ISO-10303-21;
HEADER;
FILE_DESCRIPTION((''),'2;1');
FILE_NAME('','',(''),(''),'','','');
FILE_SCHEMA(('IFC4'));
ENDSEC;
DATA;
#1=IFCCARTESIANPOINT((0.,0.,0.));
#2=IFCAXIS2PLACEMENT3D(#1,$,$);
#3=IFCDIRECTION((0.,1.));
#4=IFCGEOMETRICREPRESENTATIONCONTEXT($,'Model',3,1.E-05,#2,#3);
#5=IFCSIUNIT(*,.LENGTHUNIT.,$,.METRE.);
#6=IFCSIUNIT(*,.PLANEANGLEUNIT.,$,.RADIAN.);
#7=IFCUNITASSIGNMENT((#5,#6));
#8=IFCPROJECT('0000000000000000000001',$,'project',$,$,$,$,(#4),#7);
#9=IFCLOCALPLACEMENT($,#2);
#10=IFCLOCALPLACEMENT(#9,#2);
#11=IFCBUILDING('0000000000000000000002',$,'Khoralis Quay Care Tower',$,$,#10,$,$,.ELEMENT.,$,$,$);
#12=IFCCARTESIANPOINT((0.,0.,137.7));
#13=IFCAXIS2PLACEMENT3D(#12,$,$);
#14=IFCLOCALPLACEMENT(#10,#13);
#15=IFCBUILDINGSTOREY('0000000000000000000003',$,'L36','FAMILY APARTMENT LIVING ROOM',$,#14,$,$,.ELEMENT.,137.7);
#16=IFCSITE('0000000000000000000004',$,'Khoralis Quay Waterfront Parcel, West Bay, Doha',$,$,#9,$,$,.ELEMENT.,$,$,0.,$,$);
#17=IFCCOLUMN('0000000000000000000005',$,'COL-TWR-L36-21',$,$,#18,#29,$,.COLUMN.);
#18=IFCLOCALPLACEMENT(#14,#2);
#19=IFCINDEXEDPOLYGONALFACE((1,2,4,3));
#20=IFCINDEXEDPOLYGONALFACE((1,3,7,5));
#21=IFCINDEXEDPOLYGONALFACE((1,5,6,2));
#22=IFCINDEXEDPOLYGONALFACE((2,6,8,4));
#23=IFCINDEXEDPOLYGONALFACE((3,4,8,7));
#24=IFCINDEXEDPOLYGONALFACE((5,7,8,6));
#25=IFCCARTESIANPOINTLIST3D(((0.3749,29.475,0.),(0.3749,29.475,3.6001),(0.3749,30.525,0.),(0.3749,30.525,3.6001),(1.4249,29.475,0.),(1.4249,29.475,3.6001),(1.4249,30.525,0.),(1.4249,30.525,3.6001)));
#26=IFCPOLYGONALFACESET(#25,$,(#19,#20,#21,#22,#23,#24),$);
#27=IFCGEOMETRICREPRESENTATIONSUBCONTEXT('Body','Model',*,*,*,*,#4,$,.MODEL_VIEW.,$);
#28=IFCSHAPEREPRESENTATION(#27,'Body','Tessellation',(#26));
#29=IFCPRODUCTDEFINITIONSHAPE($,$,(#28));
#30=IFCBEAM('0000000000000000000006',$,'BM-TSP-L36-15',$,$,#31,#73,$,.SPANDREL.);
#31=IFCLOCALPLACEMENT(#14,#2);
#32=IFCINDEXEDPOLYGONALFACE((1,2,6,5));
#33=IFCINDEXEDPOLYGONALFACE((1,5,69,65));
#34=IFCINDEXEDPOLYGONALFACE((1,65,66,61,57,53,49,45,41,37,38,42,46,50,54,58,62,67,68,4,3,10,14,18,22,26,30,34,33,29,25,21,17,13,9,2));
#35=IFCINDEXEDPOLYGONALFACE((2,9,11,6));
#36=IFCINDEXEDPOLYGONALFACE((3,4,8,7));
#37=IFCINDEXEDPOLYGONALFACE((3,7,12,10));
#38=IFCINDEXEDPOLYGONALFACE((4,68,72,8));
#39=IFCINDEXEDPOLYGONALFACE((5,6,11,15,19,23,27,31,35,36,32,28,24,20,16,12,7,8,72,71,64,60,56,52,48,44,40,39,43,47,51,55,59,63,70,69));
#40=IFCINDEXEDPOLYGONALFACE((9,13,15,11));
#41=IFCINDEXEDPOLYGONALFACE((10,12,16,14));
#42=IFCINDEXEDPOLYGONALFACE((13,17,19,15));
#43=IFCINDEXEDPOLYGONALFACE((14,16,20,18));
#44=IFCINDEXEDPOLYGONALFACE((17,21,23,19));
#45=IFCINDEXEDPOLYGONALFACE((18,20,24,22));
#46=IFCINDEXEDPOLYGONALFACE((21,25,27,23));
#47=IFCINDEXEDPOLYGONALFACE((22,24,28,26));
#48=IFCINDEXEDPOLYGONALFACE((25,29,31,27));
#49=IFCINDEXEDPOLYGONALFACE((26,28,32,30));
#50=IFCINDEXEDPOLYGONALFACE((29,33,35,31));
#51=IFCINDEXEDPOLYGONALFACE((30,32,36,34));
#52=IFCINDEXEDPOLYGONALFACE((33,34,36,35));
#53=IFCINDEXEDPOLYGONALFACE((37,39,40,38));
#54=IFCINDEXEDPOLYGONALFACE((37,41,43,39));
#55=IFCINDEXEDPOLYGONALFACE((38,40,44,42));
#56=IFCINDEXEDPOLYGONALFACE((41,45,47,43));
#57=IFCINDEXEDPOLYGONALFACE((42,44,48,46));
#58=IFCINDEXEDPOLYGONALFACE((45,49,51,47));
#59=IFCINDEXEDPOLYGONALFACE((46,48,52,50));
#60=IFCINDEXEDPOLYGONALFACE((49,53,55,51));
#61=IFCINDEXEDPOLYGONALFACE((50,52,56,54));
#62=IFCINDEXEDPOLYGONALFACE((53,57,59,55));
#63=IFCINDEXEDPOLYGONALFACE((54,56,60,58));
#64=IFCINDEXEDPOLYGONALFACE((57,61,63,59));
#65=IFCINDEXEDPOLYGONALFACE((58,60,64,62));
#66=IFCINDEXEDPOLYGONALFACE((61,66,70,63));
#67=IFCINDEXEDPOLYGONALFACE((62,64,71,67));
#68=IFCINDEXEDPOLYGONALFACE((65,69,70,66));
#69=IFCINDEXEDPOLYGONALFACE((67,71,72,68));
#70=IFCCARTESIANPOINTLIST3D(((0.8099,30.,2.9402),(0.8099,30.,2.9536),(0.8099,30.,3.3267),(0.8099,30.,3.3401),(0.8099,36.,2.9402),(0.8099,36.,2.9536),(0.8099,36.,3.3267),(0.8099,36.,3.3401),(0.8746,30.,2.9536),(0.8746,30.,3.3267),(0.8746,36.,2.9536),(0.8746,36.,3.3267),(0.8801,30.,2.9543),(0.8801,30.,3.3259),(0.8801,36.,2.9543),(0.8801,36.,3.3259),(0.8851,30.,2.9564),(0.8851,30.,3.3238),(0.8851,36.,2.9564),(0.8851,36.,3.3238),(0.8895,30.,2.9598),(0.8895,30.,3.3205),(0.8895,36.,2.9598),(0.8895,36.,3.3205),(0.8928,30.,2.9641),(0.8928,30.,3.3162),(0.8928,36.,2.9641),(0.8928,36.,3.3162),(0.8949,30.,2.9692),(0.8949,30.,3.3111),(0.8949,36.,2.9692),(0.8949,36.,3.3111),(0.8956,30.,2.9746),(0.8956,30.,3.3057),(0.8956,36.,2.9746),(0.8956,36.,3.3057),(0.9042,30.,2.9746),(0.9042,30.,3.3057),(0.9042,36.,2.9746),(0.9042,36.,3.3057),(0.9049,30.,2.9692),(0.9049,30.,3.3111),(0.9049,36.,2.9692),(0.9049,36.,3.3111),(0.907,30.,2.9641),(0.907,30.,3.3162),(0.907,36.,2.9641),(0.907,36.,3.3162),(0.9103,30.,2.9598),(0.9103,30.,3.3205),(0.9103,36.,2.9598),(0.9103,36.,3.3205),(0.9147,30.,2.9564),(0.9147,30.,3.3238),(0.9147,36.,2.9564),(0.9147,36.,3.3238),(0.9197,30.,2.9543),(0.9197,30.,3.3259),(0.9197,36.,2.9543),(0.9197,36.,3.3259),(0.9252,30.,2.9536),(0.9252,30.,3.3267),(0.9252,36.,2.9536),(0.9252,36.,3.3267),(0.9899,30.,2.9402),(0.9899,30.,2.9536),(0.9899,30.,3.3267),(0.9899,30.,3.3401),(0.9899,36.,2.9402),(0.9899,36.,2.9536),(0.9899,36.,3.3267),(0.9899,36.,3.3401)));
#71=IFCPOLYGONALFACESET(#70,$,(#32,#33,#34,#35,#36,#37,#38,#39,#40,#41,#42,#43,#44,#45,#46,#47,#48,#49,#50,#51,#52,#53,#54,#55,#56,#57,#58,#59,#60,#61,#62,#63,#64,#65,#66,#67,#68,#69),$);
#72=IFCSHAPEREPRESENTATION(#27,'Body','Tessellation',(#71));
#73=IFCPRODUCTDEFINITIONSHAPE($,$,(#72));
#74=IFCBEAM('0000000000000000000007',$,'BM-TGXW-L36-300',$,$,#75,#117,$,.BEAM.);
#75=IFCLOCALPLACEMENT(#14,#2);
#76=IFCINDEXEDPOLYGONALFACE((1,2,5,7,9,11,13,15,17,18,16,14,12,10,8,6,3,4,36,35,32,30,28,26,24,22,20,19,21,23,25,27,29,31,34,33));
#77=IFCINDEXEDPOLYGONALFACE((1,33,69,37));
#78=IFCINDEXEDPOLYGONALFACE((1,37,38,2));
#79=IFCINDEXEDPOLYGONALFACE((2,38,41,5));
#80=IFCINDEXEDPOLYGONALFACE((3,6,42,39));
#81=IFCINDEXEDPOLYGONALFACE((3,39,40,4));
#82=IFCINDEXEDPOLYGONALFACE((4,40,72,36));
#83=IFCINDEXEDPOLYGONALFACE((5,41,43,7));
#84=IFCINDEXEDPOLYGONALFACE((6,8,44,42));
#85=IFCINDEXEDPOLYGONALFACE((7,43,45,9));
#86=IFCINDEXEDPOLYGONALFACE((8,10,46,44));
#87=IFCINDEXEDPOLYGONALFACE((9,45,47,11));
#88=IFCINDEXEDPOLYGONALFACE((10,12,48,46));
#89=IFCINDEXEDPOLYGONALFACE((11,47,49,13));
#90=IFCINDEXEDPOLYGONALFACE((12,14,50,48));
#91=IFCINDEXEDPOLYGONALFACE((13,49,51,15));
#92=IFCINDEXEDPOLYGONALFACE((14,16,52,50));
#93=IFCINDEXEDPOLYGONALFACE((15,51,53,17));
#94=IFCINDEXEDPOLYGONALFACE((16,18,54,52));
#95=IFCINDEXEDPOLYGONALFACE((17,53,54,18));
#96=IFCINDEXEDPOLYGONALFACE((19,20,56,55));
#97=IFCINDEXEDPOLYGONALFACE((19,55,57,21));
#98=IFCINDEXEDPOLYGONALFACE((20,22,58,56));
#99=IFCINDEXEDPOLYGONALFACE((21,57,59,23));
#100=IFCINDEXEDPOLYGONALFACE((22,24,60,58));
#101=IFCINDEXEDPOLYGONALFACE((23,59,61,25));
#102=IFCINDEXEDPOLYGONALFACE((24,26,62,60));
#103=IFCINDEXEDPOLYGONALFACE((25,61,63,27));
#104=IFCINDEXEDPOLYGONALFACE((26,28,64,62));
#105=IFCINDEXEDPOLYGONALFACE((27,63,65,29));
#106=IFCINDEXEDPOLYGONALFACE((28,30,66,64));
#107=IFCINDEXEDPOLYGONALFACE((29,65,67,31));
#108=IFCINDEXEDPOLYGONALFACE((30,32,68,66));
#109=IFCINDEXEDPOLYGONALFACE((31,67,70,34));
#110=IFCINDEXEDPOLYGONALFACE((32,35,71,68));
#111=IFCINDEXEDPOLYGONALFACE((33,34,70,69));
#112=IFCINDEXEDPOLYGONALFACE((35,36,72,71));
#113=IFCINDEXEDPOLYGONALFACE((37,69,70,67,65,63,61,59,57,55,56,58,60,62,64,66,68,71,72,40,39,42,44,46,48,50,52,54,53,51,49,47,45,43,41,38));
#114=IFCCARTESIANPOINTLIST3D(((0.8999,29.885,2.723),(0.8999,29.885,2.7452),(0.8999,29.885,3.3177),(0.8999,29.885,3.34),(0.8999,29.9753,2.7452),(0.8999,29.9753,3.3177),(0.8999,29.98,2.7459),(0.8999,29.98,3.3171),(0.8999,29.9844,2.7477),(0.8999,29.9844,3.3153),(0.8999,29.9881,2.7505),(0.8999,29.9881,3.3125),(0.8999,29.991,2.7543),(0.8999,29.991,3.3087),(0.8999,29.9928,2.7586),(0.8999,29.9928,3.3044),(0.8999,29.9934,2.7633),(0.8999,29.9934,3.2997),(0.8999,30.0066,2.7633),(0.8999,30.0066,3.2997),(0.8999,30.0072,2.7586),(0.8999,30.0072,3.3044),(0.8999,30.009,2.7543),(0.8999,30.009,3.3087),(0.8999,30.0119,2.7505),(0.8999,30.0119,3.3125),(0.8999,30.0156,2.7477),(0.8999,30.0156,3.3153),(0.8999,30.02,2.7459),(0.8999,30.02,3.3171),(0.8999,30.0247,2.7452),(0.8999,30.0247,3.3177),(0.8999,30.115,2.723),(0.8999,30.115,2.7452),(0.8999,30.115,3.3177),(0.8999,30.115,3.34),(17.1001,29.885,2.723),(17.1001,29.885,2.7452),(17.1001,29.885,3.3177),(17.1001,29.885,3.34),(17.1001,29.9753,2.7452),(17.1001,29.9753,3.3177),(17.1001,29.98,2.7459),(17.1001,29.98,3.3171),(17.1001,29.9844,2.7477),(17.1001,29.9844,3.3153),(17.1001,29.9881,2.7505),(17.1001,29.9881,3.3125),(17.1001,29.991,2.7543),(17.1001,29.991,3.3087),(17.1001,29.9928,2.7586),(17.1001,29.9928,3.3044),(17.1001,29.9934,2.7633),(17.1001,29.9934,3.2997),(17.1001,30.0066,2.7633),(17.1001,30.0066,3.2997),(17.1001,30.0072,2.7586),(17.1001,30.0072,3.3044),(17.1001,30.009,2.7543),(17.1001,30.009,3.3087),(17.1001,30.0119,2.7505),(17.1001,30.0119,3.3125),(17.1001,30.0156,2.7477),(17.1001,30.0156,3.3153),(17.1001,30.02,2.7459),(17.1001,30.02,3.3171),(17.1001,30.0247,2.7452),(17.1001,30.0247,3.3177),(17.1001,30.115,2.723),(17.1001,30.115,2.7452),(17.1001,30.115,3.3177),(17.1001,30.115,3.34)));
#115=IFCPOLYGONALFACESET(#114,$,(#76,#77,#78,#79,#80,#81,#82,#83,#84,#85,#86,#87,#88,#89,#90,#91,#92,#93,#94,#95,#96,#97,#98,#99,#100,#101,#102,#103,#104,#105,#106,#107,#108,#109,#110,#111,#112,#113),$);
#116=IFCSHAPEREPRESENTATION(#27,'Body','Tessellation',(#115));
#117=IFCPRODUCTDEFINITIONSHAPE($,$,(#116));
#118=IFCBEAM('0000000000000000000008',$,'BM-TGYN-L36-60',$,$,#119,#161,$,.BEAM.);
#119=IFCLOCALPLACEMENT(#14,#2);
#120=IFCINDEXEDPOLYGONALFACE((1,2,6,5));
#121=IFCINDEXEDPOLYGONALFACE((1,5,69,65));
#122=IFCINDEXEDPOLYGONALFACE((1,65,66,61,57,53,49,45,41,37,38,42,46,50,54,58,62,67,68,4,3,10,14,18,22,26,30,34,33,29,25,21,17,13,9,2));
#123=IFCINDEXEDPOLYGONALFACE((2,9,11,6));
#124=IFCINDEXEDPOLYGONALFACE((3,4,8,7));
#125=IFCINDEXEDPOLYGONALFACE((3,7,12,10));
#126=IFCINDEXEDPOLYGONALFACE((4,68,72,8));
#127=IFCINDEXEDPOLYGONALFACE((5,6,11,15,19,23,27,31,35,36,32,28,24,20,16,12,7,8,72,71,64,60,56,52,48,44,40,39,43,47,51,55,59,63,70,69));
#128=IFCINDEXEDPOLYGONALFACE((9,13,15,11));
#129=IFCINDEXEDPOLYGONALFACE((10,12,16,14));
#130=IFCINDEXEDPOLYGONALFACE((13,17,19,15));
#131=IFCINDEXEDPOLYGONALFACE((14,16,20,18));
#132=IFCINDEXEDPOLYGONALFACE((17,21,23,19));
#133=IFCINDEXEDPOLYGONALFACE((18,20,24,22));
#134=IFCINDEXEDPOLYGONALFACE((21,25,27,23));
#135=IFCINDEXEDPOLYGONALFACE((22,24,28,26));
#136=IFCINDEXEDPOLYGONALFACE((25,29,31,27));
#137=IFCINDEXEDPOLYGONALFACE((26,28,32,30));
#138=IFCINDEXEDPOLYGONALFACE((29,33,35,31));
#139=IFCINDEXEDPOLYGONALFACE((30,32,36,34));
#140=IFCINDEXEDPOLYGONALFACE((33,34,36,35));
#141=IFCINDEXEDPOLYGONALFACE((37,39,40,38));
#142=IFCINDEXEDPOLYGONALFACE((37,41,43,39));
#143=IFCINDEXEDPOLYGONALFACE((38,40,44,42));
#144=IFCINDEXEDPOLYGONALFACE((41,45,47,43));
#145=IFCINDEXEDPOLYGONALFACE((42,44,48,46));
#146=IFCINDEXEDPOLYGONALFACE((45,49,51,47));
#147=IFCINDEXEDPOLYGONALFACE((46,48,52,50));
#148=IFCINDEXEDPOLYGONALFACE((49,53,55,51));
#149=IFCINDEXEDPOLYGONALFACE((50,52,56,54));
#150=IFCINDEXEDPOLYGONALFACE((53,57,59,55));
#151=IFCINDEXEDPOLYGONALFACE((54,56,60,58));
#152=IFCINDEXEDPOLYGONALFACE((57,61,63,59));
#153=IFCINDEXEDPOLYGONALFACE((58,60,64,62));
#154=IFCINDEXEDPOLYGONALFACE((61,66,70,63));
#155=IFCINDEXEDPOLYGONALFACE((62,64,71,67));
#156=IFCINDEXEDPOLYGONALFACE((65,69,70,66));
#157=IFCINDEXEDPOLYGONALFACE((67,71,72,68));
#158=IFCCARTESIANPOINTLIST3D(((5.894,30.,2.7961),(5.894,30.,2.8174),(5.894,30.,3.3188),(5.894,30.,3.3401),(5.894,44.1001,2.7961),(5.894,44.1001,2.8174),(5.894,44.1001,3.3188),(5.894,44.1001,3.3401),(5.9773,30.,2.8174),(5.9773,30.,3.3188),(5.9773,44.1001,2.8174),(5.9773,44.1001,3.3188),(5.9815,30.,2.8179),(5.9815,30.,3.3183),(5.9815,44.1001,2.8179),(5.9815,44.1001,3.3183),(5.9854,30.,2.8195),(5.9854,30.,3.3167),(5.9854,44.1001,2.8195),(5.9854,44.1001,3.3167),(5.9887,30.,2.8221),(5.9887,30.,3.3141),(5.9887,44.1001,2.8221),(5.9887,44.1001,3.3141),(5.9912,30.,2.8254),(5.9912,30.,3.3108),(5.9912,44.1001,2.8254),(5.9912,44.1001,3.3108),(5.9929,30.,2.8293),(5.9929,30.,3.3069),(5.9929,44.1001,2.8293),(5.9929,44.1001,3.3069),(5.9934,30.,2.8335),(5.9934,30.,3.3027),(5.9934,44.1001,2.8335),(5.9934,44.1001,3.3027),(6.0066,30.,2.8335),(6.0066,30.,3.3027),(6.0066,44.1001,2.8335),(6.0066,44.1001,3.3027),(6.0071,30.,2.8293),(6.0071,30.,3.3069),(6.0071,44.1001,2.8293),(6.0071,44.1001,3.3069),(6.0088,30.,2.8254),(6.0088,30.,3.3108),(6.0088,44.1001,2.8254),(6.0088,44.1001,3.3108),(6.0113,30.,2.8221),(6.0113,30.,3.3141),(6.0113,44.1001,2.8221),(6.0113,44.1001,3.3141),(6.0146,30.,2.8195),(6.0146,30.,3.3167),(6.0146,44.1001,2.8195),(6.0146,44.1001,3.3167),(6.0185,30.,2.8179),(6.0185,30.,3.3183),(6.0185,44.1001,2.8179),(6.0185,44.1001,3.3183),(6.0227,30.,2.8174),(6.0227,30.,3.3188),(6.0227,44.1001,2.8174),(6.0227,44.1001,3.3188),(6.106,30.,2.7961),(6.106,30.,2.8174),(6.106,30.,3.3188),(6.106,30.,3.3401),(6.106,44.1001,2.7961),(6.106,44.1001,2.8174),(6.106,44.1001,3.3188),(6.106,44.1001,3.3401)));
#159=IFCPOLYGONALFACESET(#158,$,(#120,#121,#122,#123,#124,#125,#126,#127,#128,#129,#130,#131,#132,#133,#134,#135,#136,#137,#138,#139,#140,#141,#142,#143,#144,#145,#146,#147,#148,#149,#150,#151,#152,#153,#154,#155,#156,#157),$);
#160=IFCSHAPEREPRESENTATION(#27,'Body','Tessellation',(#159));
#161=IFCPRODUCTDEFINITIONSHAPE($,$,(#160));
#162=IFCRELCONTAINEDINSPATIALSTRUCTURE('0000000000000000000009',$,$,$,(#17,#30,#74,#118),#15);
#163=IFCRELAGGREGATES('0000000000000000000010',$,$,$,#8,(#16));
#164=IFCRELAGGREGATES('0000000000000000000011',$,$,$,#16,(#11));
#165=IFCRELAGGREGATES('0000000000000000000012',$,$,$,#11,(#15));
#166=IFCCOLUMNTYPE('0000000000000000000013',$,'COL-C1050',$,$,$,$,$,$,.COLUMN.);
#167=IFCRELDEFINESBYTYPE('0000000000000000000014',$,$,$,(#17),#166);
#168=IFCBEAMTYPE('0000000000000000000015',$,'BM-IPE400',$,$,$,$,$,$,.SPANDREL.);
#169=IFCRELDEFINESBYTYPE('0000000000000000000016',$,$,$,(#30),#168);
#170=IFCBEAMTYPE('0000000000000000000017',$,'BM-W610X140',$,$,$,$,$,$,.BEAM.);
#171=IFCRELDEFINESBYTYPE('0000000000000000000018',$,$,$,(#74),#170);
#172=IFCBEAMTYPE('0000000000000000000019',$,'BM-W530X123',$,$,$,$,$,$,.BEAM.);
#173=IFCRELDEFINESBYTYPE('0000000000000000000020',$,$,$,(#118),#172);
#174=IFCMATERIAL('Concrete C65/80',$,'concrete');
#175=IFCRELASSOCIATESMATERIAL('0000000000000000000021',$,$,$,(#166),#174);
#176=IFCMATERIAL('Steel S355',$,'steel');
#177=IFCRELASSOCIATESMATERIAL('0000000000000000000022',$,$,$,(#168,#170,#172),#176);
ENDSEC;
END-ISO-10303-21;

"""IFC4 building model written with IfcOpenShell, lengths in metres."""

from ifc_helpers import new_model, si_unit, direction, frame, origin, origin_2d, place, context, subcontext, project, spatial, rectangle, i_section, extrude, source, transform, mapped, material, material_profile, profile_set, type_object, element, save


model = new_model("IFC4")

# Units and contexts
model_context = context("Model", 3, precision=1e-05, world=origin(), true_north=direction((0.0, 1.0)))
body_context = subcontext(model_context, "Body", "Model", "MODEL_VIEW")
ifc_project = project(units=[si_unit("LENGTHUNIT", "METRE"), si_unit("PLANEANGLEUNIT", "RADIAN")], contexts=[model_context])

# Site, building, storey
site_placement = place(None, origin())
site = spatial("IfcSite", under=ifc_project, at=site_placement, Name="Khoralis Quay Waterfront Parcel, West Bay, Doha", CompositionType="ELEMENT", RefElevation=0.0)
building_placement = place(site_placement, origin())
building = spatial("IfcBuilding", under=site, at=building_placement, Name="Khoralis Quay Care Tower", CompositionType="ELEMENT")
storey_placement = place(building_placement, frame((0.0, 0.0, 137.7)))
storey = spatial("IfcBuildingStorey", under=building, at=storey_placement, Name="L36", Description="FAMILY APARTMENT LIVING ROOM", CompositionType="ELEMENT", Elevation=137.7)

# Column
ifc_material_1 = material(Name="Concrete C65/80", Category="concrete")
ifc_material_profile_1 = material_profile(ifc_material_1, rectangle(XDim=1.05, YDim=1.05, at=origin_2d()), Name="Concrete C65/80")
ifc_profile_set_1 = profile_set([ifc_material_profile_1], Name="Concrete C65/80")
column_type = type_object("IfcColumnType", Name="COL-C1050", PredefinedType="COLUMN", material=ifc_profile_set_1)
shared_shape_1 = source(origin(), body_context, "Body", "SweptSolid", [
    extrude(rectangle(XDim=1.05, YDim=1.05, at=origin_2d()), origin(), (0.0, 0.0, 1.0), 3.6001),
])
column_placement = place(storey_placement, frame((0.8999, 30.0, 0.0), z_axis=(0.0, 0.0, 1.0), x_axis=(1.0, 0.0, 0.0)))
element("IfcColumn", 1, at=column_placement, inside=storey, type_object=column_type, Name="COL-TWR-L36-21", PredefinedType="COLUMN", context=body_context, shape_type="MappedRepresentation", body=[
    mapped(shared_shape_1, transform((0.0, 0.0, 0.0), scale=1.0)),
])

# Beams
ifc_material_2 = material(Name="Steel S355", Category="steel")
ifc_material_profile_2 = material_profile(ifc_material_2, i_section(OverallWidth=0.1799, OverallDepth=0.3999, WebThickness=0.0085, FlangeThickness=0.0134, FilletRadius=0.021, at=origin_2d()), Name="Steel S355")
ifc_profile_set_2 = profile_set([ifc_material_profile_2], Name="Steel S355")
beam_type_1 = type_object("IfcBeamType", Name="BM-IPE400", PredefinedType="SPANDREL", material=ifc_profile_set_2)
shared_shape_2 = source(origin(), body_context, "Body", "SweptSolid", [
    extrude(i_section(OverallWidth=0.1799, OverallDepth=0.3999, WebThickness=0.0085, FlangeThickness=0.0134, FilletRadius=0.021, at=origin_2d()), origin(), (0.0, 0.0, 1.0), 6.0),
])
beam_1_placement = place(storey_placement, frame((0.8999, 30.0, 3.1401), z_axis=(0.0, 1.0, 0.0), x_axis=(-1.0, 0.0, 0.0)))
element("IfcBeam", 2, at=beam_1_placement, inside=storey, type_object=beam_type_1, Name="BM-TSP-L36-15", PredefinedType="SPANDREL", context=body_context, shape_type="MappedRepresentation", body=[
    mapped(shared_shape_2, transform((0.0, 0.0, 0.0), scale=1.0)),
])
ifc_material_profile_3 = material_profile(ifc_material_2, i_section(OverallWidth=0.23, OverallDepth=0.6169, WebThickness=0.0132, FlangeThickness=0.0222, FilletRadius=0.0181, at=origin_2d()), Name="Steel S355")
ifc_profile_set_3 = profile_set([ifc_material_profile_3], Name="Steel S355")
beam_type_2 = type_object("IfcBeamType", Name="BM-W610X140", PredefinedType="BEAM", material=ifc_profile_set_3)
shared_shape_3 = source(origin(), body_context, "Body", "SweptSolid", [
    extrude(i_section(OverallWidth=0.23, OverallDepth=0.6169, WebThickness=0.0132, FlangeThickness=0.0222, FilletRadius=0.0181, at=origin_2d()), origin(), (0.0, 0.0, 1.0), 16.2002),
])
beam_2_placement = place(storey_placement, frame((0.8999, 30.0, 3.0315), z_axis=(1.0, 0.0, 0.0), x_axis=(0.0, 1.0, 0.0)))
element("IfcBeam", 3, at=beam_2_placement, inside=storey, type_object=beam_type_2, Name="BM-TGXW-L36-300", PredefinedType="BEAM", context=body_context, shape_type="MappedRepresentation", body=[
    mapped(shared_shape_3, transform((0.0, 0.0, 0.0), scale=1.0)),
])
ifc_material_profile_4 = material_profile(ifc_material_2, i_section(OverallWidth=0.2119, OverallDepth=0.5439, WebThickness=0.0132, FlangeThickness=0.0212, FilletRadius=0.0161, at=origin_2d()), Name="Steel S355")
ifc_profile_set_4 = profile_set([ifc_material_profile_4], Name="Steel S355")
beam_type_3 = type_object("IfcBeamType", Name="BM-W530X123", PredefinedType="BEAM", material=ifc_profile_set_4)
shared_shape_4 = source(origin(), body_context, "Body", "SweptSolid", [
    extrude(i_section(OverallWidth=0.2119, OverallDepth=0.5439, WebThickness=0.0132, FlangeThickness=0.0212, FilletRadius=0.0161, at=origin_2d()), origin(), (0.0, 0.0, 1.0), 14.1001),
])
beam_3_placement = place(storey_placement, frame((6.0, 30.0, 3.0681), z_axis=(0.0, 1.0, 0.0), x_axis=(-1.0, 0.0, 0.0)))
element("IfcBeam", 4, at=beam_3_placement, inside=storey, type_object=beam_type_3, Name="BM-TGYN-L36-60", PredefinedType="BEAM", context=body_context, shape_type="MappedRepresentation", body=[
    mapped(shared_shape_4, transform((0.0, 0.0, 0.0), scale=1.0)),
])

save(model, "model.ifc")
